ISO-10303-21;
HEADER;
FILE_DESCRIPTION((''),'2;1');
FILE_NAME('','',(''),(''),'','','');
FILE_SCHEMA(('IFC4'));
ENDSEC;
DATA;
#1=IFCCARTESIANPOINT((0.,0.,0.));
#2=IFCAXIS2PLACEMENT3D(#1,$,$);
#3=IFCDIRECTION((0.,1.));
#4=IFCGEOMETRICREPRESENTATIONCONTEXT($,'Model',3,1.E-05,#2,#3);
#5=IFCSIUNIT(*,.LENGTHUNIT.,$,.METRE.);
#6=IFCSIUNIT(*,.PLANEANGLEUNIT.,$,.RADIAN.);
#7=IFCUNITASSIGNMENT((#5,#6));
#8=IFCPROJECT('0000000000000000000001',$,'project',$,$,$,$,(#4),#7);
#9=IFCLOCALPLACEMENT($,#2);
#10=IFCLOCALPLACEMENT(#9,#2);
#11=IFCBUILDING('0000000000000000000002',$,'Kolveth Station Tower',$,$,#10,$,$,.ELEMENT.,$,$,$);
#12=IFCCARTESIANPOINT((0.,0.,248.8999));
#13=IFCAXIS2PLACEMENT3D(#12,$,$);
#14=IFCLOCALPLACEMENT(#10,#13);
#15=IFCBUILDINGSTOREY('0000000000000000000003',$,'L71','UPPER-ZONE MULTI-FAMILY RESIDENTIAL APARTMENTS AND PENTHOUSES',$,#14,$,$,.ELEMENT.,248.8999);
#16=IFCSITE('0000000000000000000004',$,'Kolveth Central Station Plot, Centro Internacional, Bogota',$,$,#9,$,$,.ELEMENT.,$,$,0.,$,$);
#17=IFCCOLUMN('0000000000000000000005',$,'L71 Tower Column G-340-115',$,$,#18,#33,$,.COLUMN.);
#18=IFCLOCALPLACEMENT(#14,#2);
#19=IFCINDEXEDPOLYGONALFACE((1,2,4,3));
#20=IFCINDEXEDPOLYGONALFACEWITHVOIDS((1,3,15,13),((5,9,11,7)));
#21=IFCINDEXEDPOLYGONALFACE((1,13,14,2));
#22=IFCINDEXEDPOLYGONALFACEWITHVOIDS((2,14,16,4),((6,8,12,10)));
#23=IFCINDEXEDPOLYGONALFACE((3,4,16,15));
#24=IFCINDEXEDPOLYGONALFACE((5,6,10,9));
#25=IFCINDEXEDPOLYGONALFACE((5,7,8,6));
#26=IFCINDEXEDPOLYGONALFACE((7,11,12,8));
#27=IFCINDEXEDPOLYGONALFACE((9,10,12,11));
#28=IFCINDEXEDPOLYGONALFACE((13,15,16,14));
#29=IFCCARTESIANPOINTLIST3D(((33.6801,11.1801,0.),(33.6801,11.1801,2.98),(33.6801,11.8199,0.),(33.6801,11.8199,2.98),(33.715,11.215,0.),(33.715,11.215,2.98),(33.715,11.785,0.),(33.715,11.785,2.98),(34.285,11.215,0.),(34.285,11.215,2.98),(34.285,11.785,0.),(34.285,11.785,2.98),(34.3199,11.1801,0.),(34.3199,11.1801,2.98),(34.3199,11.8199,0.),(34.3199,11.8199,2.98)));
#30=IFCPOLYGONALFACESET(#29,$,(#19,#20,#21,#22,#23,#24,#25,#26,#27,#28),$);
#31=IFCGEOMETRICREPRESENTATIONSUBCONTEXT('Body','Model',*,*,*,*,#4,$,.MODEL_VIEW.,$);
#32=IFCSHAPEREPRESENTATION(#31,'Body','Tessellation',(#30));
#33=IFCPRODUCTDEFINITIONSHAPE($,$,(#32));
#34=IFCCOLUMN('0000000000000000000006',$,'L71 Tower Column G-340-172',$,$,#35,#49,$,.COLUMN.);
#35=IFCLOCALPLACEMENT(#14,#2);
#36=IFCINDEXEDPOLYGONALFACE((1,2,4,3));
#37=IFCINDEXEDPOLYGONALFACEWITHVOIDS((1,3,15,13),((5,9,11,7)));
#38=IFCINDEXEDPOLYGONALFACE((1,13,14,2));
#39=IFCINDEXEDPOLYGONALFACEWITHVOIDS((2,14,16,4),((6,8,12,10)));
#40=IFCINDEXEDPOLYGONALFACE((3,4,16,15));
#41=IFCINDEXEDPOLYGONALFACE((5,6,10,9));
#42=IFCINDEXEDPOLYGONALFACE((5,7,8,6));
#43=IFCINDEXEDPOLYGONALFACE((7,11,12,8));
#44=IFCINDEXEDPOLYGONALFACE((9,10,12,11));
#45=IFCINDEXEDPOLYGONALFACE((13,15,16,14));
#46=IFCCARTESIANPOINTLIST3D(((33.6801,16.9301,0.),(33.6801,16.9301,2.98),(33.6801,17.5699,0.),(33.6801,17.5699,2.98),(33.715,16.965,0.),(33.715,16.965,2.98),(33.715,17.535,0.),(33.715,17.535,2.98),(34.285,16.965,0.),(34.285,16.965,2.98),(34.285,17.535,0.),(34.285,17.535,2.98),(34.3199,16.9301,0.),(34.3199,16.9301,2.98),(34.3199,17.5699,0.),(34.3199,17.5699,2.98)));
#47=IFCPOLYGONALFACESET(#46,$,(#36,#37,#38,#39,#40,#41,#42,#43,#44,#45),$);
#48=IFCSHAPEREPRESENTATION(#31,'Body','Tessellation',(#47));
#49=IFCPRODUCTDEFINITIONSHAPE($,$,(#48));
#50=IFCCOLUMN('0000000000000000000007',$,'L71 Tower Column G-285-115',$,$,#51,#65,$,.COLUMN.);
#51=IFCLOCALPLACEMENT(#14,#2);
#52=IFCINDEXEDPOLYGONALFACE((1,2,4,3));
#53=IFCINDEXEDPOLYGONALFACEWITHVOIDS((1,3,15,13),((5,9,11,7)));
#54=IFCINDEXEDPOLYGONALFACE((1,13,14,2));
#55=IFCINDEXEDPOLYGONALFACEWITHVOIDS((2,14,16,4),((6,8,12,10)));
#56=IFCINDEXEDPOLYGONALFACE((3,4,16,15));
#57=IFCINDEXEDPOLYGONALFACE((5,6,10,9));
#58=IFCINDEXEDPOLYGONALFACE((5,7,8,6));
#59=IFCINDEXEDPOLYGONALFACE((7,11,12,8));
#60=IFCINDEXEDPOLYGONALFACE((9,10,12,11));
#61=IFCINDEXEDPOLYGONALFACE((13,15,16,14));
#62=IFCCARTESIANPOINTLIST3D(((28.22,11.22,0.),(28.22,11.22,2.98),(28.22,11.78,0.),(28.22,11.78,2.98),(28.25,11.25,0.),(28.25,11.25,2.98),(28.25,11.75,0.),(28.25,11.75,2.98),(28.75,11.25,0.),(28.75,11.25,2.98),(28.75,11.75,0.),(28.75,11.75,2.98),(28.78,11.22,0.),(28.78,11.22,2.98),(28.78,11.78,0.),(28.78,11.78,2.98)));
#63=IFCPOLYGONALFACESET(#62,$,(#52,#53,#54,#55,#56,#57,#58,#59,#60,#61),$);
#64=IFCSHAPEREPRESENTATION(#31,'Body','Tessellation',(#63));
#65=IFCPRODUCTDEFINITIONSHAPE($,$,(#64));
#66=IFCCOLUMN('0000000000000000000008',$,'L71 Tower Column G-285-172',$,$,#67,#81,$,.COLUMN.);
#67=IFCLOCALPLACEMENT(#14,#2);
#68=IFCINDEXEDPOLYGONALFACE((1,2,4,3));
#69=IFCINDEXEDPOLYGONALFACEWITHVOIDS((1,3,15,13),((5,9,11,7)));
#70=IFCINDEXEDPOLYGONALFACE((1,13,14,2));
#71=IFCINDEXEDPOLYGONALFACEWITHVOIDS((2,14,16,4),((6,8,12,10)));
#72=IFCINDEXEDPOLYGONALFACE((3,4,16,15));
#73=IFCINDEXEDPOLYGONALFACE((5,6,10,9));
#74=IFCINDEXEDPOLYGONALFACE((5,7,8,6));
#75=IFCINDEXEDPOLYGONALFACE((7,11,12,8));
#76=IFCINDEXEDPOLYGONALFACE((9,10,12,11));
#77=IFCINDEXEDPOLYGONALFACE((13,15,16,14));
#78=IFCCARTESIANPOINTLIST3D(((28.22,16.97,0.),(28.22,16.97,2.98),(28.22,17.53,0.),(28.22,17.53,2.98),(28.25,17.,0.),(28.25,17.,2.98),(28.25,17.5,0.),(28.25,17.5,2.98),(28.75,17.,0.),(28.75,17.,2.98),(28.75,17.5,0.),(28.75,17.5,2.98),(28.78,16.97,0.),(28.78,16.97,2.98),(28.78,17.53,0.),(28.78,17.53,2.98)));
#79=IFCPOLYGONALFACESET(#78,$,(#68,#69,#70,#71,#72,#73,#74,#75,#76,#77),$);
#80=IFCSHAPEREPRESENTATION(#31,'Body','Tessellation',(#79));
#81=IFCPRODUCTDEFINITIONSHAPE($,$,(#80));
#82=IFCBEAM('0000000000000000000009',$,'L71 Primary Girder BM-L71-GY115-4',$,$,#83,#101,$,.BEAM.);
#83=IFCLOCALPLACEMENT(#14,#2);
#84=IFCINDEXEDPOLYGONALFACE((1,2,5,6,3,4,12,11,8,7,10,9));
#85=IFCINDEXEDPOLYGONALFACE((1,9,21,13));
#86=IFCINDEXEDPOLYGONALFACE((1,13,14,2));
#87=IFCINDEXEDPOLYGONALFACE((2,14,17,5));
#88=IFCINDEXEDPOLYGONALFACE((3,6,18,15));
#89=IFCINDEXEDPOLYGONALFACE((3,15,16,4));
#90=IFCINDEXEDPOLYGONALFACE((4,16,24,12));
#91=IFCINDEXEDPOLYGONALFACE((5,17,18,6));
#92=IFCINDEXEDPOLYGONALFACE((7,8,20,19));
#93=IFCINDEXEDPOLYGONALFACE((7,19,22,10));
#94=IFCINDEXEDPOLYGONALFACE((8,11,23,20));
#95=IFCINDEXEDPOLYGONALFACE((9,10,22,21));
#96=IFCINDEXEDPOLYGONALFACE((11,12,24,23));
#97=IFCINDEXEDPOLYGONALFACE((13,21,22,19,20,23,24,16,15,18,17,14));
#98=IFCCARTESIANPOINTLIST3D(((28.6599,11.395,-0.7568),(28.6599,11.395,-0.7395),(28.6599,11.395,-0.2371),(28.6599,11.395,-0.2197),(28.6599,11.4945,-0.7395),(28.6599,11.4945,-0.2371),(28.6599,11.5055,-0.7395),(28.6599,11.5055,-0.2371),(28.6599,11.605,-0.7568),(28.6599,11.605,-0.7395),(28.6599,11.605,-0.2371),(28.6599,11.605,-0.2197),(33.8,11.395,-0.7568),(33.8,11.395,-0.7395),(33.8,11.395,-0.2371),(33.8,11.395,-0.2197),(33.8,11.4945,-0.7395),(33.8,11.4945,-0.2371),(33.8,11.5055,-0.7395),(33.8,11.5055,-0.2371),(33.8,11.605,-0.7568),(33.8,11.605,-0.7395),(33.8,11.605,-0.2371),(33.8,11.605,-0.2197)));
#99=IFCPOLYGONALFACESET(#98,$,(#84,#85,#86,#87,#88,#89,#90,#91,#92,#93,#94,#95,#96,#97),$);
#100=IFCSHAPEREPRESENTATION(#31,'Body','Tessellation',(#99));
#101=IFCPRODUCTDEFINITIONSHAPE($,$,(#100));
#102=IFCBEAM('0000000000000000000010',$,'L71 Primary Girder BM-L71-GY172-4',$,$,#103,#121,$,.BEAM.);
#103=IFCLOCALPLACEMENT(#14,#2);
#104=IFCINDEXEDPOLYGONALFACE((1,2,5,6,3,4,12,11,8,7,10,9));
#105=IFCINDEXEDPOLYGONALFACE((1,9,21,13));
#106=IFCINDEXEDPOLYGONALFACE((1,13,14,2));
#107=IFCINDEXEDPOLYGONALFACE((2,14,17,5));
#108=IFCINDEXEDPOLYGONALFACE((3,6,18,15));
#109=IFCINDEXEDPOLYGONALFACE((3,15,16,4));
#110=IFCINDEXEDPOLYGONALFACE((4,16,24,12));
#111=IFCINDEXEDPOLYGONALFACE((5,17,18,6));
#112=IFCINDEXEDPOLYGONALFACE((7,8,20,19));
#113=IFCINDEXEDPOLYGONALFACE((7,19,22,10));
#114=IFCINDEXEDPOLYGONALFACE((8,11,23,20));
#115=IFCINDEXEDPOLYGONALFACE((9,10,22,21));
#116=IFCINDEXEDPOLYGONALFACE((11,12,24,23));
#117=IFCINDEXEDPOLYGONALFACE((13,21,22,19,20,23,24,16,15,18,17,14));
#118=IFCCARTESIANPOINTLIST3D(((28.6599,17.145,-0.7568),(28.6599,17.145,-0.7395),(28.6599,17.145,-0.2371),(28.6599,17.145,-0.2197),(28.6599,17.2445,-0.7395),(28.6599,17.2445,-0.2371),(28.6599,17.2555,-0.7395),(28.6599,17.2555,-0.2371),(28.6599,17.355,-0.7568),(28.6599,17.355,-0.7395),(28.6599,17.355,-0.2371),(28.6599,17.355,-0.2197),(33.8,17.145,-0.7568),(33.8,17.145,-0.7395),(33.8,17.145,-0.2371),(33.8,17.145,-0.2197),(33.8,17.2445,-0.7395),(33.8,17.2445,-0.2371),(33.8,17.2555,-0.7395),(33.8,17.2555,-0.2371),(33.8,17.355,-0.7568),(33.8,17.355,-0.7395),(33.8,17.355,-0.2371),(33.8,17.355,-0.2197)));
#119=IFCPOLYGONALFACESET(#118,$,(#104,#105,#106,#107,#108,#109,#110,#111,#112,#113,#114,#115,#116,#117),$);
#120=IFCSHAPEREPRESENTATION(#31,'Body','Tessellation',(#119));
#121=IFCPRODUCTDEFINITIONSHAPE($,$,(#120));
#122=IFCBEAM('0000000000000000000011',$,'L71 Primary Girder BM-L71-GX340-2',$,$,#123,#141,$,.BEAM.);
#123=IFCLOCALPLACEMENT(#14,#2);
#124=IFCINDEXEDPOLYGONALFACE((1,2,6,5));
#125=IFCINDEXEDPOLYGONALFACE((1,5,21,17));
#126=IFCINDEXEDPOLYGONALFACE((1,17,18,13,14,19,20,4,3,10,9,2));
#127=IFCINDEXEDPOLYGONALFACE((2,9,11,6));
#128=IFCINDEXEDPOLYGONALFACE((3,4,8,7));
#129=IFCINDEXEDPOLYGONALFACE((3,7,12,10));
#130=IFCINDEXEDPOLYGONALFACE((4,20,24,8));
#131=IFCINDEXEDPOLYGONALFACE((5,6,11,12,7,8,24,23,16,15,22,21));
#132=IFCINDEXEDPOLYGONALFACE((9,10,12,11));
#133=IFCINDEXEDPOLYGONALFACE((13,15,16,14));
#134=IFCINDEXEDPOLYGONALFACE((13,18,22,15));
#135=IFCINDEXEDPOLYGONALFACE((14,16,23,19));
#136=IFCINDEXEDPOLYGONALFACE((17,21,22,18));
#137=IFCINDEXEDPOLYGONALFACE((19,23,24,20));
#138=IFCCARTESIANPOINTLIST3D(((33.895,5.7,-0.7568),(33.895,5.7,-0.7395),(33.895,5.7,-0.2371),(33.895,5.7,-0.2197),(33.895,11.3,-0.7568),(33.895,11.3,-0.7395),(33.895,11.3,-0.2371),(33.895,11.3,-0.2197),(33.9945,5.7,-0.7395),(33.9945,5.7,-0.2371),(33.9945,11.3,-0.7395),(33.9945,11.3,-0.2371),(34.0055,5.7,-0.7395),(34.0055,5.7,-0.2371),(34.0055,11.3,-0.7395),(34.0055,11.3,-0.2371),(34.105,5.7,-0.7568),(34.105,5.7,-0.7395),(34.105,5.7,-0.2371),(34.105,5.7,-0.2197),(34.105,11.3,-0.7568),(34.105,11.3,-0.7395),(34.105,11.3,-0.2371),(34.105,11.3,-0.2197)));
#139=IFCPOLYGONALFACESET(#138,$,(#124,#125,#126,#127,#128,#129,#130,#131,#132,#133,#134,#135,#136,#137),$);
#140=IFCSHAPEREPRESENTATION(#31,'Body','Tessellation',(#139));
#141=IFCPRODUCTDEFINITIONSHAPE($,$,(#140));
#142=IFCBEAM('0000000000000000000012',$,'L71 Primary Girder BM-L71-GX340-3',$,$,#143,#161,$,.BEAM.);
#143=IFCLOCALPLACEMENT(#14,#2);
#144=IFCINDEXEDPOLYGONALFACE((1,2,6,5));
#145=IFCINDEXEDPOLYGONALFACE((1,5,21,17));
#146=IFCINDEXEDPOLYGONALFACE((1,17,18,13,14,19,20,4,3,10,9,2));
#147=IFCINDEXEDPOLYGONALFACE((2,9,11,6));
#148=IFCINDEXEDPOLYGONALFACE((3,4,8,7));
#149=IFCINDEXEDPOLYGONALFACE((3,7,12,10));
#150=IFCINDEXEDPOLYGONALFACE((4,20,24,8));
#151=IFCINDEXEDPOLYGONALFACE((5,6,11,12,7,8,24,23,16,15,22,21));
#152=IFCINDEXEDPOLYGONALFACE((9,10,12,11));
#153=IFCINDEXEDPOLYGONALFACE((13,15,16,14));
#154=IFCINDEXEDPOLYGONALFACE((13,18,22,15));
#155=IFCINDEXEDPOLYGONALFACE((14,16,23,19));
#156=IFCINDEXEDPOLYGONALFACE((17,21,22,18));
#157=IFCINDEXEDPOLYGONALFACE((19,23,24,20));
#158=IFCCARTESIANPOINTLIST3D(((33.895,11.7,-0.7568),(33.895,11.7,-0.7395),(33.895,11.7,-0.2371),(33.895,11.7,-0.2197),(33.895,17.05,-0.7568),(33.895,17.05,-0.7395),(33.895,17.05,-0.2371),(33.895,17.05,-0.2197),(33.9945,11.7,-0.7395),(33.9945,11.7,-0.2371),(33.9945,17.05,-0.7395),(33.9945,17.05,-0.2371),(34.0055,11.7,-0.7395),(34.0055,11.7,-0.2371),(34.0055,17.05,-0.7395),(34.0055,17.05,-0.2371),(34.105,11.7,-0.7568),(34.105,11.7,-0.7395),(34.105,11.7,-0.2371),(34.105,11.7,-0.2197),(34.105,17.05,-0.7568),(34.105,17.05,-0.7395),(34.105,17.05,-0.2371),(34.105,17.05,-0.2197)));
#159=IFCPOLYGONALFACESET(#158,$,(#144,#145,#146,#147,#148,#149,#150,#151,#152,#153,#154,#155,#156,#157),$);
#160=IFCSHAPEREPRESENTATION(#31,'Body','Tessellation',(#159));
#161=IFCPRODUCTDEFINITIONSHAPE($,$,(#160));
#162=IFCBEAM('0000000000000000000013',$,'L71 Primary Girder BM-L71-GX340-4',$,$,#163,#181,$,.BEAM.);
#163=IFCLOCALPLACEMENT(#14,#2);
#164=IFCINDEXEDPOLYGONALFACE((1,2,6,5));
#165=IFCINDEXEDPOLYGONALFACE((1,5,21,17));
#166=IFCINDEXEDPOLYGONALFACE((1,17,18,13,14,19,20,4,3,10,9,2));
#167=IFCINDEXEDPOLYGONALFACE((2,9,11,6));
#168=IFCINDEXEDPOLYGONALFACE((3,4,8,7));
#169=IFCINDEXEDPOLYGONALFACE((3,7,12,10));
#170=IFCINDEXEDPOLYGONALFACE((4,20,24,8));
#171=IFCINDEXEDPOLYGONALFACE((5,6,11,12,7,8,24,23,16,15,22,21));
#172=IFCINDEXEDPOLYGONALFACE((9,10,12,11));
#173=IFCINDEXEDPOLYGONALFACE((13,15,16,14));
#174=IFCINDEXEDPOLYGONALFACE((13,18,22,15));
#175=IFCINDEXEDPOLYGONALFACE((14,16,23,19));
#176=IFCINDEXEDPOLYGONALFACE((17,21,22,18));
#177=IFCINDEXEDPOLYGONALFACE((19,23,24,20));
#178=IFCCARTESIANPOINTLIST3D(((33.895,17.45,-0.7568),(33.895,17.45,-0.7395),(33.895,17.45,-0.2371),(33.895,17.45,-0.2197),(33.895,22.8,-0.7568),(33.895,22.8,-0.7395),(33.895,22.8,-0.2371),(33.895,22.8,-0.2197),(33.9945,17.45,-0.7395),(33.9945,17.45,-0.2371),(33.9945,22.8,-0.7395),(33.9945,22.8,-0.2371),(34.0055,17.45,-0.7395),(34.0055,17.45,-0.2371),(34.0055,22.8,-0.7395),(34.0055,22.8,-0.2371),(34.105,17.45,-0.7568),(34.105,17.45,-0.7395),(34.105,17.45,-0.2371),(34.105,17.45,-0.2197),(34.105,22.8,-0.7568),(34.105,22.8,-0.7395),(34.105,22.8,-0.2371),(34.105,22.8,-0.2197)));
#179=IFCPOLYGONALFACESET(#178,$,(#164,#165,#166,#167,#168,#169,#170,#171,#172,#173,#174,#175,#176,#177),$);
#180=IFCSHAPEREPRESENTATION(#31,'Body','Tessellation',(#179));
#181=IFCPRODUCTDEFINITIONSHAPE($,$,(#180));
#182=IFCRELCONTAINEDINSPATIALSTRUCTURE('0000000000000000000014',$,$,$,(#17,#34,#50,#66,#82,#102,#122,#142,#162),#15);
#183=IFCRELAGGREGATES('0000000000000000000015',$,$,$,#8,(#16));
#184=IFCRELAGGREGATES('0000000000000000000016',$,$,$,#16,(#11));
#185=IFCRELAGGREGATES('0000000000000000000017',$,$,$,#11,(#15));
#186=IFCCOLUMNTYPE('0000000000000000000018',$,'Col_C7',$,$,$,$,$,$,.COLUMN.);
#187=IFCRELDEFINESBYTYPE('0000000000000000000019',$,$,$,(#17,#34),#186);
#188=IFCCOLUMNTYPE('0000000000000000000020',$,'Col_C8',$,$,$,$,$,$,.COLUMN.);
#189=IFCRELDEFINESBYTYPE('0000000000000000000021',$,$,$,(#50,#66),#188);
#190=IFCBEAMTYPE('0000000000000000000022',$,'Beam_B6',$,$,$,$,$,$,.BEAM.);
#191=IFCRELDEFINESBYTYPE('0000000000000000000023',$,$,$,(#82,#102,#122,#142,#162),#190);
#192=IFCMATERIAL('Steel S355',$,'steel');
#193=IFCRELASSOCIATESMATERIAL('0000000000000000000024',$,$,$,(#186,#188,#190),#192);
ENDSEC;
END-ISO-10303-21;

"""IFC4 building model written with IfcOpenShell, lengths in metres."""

from ifc_helpers import new_model, si_unit, direction, frame, origin, origin_2d, place, context, subcontext, project, spatial, hollow_rectangle, i_section, extrude, source, transform, mapped, material, material_profile, profile_set, type_object, element, save


model = new_model("IFC4")

# Units and contexts
model_context = context("Model", 3, precision=1e-05, world=origin(), true_north=direction((0.0, 1.0)))
body_context = subcontext(model_context, "Body", "Model", "MODEL_VIEW")
ifc_project = project(units=[si_unit("LENGTHUNIT", "METRE"), si_unit("PLANEANGLEUNIT", "RADIAN")], contexts=[model_context])

# Site, building, storey
site_placement = place(None, origin())
site = spatial("IfcSite", under=ifc_project, at=site_placement, Name="Kolveth Central Station Plot, Centro Internacional, Bogota", CompositionType="ELEMENT", RefElevation=0.0)
building_placement = place(site_placement, origin())
building = spatial("IfcBuilding", under=site, at=building_placement, Name="Kolveth Station Tower", CompositionType="ELEMENT")
storey_placement = place(building_placement, frame((0.0, 0.0, 248.8999)))
storey = spatial("IfcBuildingStorey", under=building, at=storey_placement, Name="L71", Description="UPPER-ZONE MULTI-FAMILY RESIDENTIAL APARTMENTS AND PENTHOUSES", CompositionType="ELEMENT", Elevation=248.8999)

# Columns
ifc_material_1 = material(Name="Steel S355", Category="steel")
ifc_material_profile_1 = material_profile(ifc_material_1, hollow_rectangle(XDim=0.6399, YDim=0.6399, WallThickness=0.0349, at=origin_2d()), Name="BOX640x640x35")
ifc_profile_set_1 = profile_set([ifc_material_profile_1], Name="Steel S355")
column_type_1 = type_object("IfcColumnType", Name="Col_C7", PredefinedType="COLUMN", material=ifc_profile_set_1)
shared_shape_1 = source(origin(), body_context, "Body", "SweptSolid", [
    extrude(hollow_rectangle(XDim=0.6399, YDim=0.6399, WallThickness=0.0349, at=origin_2d()), origin(), (0.0, 0.0, 1.0), 2.98),
])
for number, where, z_axis, x_axis, name in (
    (1, (34.0, 11.5, 0.0), (0.0, 0.0, 1.0), (1.0, 0.0, 0.0), "L71 Tower Column G-340-115"),
    (2, (34.0, 17.25, 0.0), (0.0, 0.0, 1.0), (1.0, 0.0, 0.0), "L71 Tower Column G-340-172"),
):
    element("IfcColumn", number, at=place(storey_placement, frame(where, z_axis=z_axis, x_axis=x_axis)), inside=storey, type_object=column_type_1, Name=name, PredefinedType="COLUMN", context=body_context, shape_type="MappedRepresentation", body=[
        mapped(shared_shape_1, transform((0.0, 0.0, 0.0), x_axis=(1.0, 0.0, 0.0), y_axis=(0.0, 1.0, 0.0), z_axis=(0.0, 0.0, 1.0), scale=1.0)),
    ])
ifc_material_profile_2 = material_profile(ifc_material_1, hollow_rectangle(XDim=0.5601, YDim=0.5601, WallThickness=0.03, at=origin_2d()), Name="BOX560x560x30")
ifc_profile_set_2 = profile_set([ifc_material_profile_2], Name="Steel S355")
column_type_2 = type_object("IfcColumnType", Name="Col_C8", PredefinedType="COLUMN", material=ifc_profile_set_2)
shared_shape_2 = source(origin(), body_context, "Body", "SweptSolid", [
    extrude(hollow_rectangle(XDim=0.5601, YDim=0.5601, WallThickness=0.03, at=origin_2d()), origin(), (0.0, 0.0, 1.0), 2.98),
])
for number, where, z_axis, x_axis, name in (
    (3, (28.5, 11.5, 0.0), (0.0, 0.0, 1.0), (1.0, 0.0, 0.0), "L71 Tower Column G-285-115"),
    (4, (28.5, 17.25, 0.0), (0.0, 0.0, 1.0), (1.0, 0.0, 0.0), "L71 Tower Column G-285-172"),
):
    element("IfcColumn", number, at=place(storey_placement, frame(where, z_axis=z_axis, x_axis=x_axis)), inside=storey, type_object=column_type_2, Name=name, PredefinedType="COLUMN", context=body_context, shape_type="MappedRepresentation", body=[
        mapped(shared_shape_2, transform((0.0, 0.0, 0.0), x_axis=(1.0, 0.0, 0.0), y_axis=(0.0, 1.0, 0.0), z_axis=(0.0, 0.0, 1.0), scale=1.0)),
    ])

# Beams
ifc_material_profile_3 = material_profile(ifc_material_1, i_section(OverallWidth=0.21, OverallDepth=0.5371, WebThickness=0.011, FlangeThickness=0.0173, at=origin_2d()), Name="W530x101")
ifc_profile_set_3 = profile_set([ifc_material_profile_3], Name="Steel S355")
beam_type_1 = type_object("IfcBeamType", Name="Beam_B6", PredefinedType="BEAM", material=ifc_profile_set_3)
shared_shape_3 = source(origin(), body_context, "Body", "SweptSolid", [
    extrude(i_section(OverallWidth=0.21, OverallDepth=0.5371, WebThickness=0.011, FlangeThickness=0.0173, at=origin_2d()), origin(), (0.0, 0.0, 1.0), 5.1401),
])
for number, where, z_axis, x_axis, name in (
    (5, (28.6599, 11.5, -0.4883), (1.0, 0.0, 0.0), (0.0, 1.0, 0.0), "L71 Primary Girder BM-L71-GY115-4"),
    (6, (28.6599, 17.25, -0.4883), (1.0, 0.0, 0.0), (0.0, 1.0, 0.0), "L71 Primary Girder BM-L71-GY172-4"),
):
    element("IfcBeam", number, at=place(storey_placement, frame(where, z_axis=z_axis, x_axis=x_axis)), inside=storey, type_object=beam_type_1, Name=name, PredefinedType="BEAM", context=body_context, shape_type="MappedRepresentation", body=[
        mapped(shared_shape_3, transform((0.0, 0.0, 0.0), x_axis=(1.0, 0.0, 0.0), y_axis=(0.0, 1.0, 0.0), z_axis=(0.0, 0.0, 1.0), scale=1.0)),
    ])
shared_shape_4 = source(origin(), body_context, "Body", "SweptSolid", [
    extrude(i_section(OverallWidth=0.21, OverallDepth=0.5371, WebThickness=0.011, FlangeThickness=0.0173, at=origin_2d()), origin(), (0.0, 0.0, 1.0), 5.6001),
])
beam_1_placement = place(storey_placement, frame((34.0, 5.7, -0.4883), z_axis=(0.0, 1.0, 0.0), x_axis=(-1.0, 0.0, 0.0)))
element("IfcBeam", 7, at=beam_1_placement, inside=storey, type_object=beam_type_1, Name="L71 Primary Girder BM-L71-GX340-2", PredefinedType="BEAM", context=body_context, shape_type="MappedRepresentation", body=[
    mapped(shared_shape_4, transform((0.0, 0.0, 0.0), x_axis=(1.0, 0.0, 0.0), y_axis=(0.0, 1.0, 0.0), z_axis=(0.0, 0.0, 1.0), scale=1.0)),
])
shared_shape_5 = source(origin(), body_context, "Body", "SweptSolid", [
    extrude(i_section(OverallWidth=0.21, OverallDepth=0.5371, WebThickness=0.011, FlangeThickness=0.0173, at=origin_2d()), origin(), (0.0, 0.0, 1.0), 5.3501),
])
for number, where, z_axis, x_axis, name in (
    (8, (34.0, 11.7, -0.4883), (0.0, 1.0, 0.0), (-1.0, 0.0, 0.0), "L71 Primary Girder BM-L71-GX340-3"),
    (9, (34.0, 17.45, -0.4883), (0.0, 1.0, 0.0), (-1.0, 0.0, 0.0), "L71 Primary Girder BM-L71-GX340-4"),
):
    element("IfcBeam", number, at=place(storey_placement, frame(where, z_axis=z_axis, x_axis=x_axis)), inside=storey, type_object=beam_type_1, Name=name, PredefinedType="BEAM", context=body_context, shape_type="MappedRepresentation", body=[
        mapped(shared_shape_5, transform((0.0, 0.0, 0.0), x_axis=(1.0, 0.0, 0.0), y_axis=(0.0, 1.0, 0.0), z_axis=(0.0, 0.0, 1.0), scale=1.0)),
    ])

save(model, "model.ifc")
